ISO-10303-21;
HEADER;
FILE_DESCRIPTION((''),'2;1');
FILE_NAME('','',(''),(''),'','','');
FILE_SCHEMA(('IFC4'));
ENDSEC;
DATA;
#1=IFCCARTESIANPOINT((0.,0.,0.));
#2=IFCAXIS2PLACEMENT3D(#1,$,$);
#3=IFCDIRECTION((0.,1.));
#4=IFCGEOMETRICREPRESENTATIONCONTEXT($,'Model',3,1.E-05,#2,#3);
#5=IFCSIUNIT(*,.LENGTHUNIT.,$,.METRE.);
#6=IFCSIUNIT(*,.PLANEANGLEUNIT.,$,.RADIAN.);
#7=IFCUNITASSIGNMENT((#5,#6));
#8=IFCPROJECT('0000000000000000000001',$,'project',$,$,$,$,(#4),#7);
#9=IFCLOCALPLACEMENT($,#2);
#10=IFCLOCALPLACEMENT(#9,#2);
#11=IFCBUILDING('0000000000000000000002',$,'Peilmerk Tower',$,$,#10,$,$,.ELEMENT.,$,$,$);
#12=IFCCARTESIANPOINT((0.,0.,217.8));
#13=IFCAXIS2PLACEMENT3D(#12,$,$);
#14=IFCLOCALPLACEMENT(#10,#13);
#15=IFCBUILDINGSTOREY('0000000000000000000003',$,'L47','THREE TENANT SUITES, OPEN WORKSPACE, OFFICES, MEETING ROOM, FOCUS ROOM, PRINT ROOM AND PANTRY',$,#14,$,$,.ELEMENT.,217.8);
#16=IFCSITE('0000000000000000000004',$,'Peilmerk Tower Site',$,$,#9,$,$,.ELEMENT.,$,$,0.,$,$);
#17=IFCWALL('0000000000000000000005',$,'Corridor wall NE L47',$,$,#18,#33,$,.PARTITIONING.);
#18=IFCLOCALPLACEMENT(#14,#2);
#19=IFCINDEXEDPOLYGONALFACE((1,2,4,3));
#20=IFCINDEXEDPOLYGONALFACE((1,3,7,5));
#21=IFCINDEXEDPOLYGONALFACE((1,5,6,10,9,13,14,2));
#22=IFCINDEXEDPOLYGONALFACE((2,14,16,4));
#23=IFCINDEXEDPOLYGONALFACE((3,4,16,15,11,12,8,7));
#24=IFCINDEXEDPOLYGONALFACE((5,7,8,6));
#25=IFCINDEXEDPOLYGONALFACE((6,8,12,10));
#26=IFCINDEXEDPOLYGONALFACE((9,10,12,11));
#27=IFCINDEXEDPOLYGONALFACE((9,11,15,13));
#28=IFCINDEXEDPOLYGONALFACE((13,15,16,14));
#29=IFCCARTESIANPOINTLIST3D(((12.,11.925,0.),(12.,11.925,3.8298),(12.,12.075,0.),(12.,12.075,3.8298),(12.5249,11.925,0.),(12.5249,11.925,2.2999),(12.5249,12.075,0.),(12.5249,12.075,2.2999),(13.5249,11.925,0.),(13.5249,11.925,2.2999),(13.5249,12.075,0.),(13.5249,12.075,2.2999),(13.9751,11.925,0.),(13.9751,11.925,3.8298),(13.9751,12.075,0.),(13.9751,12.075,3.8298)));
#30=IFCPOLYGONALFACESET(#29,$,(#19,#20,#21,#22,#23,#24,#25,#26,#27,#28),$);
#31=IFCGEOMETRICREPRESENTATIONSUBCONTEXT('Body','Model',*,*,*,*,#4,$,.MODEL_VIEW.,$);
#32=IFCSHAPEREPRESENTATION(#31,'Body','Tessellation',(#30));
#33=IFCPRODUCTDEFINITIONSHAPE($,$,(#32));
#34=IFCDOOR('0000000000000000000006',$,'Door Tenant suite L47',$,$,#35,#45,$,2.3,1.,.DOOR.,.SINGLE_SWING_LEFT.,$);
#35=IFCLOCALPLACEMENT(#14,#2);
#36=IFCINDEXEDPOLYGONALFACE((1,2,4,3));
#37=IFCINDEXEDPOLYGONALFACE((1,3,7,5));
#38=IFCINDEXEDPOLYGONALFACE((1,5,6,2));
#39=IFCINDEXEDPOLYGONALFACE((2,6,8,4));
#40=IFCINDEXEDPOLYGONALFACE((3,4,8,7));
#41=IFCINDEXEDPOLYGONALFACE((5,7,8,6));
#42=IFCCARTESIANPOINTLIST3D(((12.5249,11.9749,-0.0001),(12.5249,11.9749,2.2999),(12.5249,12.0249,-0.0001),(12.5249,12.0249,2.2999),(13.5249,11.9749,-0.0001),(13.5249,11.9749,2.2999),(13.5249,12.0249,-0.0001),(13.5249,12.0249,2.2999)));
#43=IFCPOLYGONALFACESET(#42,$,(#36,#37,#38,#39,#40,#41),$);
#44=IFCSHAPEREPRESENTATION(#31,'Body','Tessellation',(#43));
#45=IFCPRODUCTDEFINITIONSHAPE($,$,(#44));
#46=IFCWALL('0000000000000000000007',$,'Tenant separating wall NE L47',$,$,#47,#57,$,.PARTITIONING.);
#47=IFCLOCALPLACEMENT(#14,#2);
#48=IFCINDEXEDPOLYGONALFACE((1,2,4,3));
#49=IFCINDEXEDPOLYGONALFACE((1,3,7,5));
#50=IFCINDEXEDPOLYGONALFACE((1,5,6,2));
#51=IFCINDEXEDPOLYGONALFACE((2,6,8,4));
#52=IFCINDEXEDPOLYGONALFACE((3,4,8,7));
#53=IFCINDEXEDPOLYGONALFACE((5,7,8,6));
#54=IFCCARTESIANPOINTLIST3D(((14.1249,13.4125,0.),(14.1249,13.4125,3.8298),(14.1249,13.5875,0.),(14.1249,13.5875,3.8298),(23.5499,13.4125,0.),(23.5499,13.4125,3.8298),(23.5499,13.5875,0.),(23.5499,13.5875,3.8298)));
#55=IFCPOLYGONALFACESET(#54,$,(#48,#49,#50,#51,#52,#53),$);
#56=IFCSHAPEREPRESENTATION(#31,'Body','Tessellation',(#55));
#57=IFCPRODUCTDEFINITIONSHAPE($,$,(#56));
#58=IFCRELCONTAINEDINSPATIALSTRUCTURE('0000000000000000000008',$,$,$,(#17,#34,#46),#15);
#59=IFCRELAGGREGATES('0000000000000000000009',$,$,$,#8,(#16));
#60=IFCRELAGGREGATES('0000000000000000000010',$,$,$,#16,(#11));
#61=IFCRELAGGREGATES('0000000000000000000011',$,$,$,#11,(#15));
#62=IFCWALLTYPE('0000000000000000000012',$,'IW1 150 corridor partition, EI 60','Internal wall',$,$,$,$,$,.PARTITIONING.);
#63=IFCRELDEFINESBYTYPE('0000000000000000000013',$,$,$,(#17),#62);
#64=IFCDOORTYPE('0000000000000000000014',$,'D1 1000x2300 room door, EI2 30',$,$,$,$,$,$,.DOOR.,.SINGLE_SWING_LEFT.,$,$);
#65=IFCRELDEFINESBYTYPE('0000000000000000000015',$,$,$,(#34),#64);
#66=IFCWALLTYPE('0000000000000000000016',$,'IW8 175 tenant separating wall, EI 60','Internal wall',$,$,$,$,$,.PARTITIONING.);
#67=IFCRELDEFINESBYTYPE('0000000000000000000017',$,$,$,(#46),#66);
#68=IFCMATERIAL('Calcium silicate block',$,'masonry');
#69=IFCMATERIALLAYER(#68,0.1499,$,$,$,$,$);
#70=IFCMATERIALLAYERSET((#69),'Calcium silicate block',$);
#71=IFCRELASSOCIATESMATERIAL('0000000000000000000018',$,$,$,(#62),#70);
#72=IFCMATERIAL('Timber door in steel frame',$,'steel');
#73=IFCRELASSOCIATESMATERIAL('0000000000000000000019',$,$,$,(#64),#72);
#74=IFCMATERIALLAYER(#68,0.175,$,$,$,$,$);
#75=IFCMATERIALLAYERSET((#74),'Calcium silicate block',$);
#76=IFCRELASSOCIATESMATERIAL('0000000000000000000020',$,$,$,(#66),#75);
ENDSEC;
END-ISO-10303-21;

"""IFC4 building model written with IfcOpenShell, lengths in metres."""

from ifc_helpers import new_model, si_unit, direction, frame, frame_2d, origin, place, context, subcontext, project, spatial, rectangle, extrude, material, layer, layer_set, type_object, element, fill, save


model = new_model("IFC4")

# Units and contexts
model_context = context("Model", 3, precision=1e-05, world=origin(), true_north=direction((0.0, 1.0)))
body_context = subcontext(model_context, "Body", "Model", "MODEL_VIEW")
ifc_project = project(units=[si_unit("LENGTHUNIT", "METRE"), si_unit("PLANEANGLEUNIT", "RADIAN")], contexts=[model_context])

# Site, building, storey
site_placement = place(None, origin())
site = spatial("IfcSite", under=ifc_project, at=site_placement, Name="Peilmerk Tower Site", CompositionType="ELEMENT", RefElevation=0.0)
building_placement = place(site_placement, origin())
building = spatial("IfcBuilding", under=site, at=building_placement, Name="Peilmerk Tower", CompositionType="ELEMENT")
storey_placement = place(building_placement, frame((0.0, 0.0, 217.8)))
storey = spatial("IfcBuildingStorey", under=building, at=storey_placement, Name="L47", Description="THREE TENANT SUITES, OPEN WORKSPACE, OFFICES, MEETING ROOM, FOCUS ROOM, PRINT ROOM AND PANTRY", CompositionType="ELEMENT", Elevation=217.8)

# Wall, opening, door
ifc_material_1 = material(Name="Calcium silicate block", Category="masonry")
ifc_layer_1 = layer(ifc_material_1, 0.1499)
ifc_layer_set_1 = layer_set([ifc_layer_1], Name="Calcium silicate block")
wall_type_1 = type_object("IfcWallType", Name="IW1 150 corridor partition, EI 60", Description="Internal wall", PredefinedType="PARTITIONING", material=ifc_layer_set_1)
wall_1_placement = place(storey_placement, frame((12.0, 12.0, 0.0), z_axis=(0.0, 0.0, 1.0), x_axis=(1.0, 0.0, 0.0)))
wall_1 = element("IfcWall", 1, at=wall_1_placement, inside=storey, type_object=wall_type_1, Name="Corridor wall NE L47", PredefinedType="PARTITIONING", context=body_context, shape_type="SweptSolid", body=[
    extrude(rectangle(XDim=1.9751, YDim=0.1499, at=frame_2d((0.9875, 0.0))), origin(), (0.0, 0.0, 1.0), 3.8298),
])
opening_placement = place(wall_1_placement, frame((0.5249, 0.0, 0.0)))
opening = element("IfcOpeningElement", 2, at=opening_placement, cuts=wall_1, PredefinedType="OPENING", context=body_context, shape_type="SweptSolid", body=[
    extrude(rectangle(XDim=1.0, YDim=2.3, at=frame_2d((0.5, 1.1499))), frame((0.0, 0.085, 0.0), z_axis=(0.0, -1.0, 0.0), x_axis=(1.0, 0.0, 0.0)), (0.0, 0.0, 1.0), 0.1699),
])
ifc_material_2 = material(Name="Timber door in steel frame", Category="steel")
door_type = type_object("IfcDoorType", Name="D1 1000x2300 room door, EI2 30", OperationType="SINGLE_SWING_LEFT", PredefinedType="DOOR", material=ifc_material_2)
door_placement = place(opening_placement, origin())
door = element("IfcDoor", 3, at=door_placement, inside=storey, type_object=door_type, Name="Door Tenant suite L47", OperationType="SINGLE_SWING_LEFT", OverallHeight=2.3, OverallWidth=1.0, PredefinedType="DOOR", context=body_context, shape_type="SweptSolid", body=[
    extrude(rectangle(XDim=1.0, YDim=2.3, at=frame_2d((0.5, 1.1499))), frame((0.0, 0.0249, 0.0), z_axis=(0.0, -1.0, 0.0), x_axis=(1.0, 0.0, 0.0)), (0.0, 0.0, 1.0), 0.05),
])
fill(opening, door)

# Wall
ifc_layer_2 = layer(ifc_material_1, 0.175)
ifc_layer_set_2 = layer_set([ifc_layer_2], Name="Calcium silicate block")
wall_type_2 = type_object("IfcWallType", Name="IW8 175 tenant separating wall, EI 60", Description="Internal wall", PredefinedType="PARTITIONING", material=ifc_layer_set_2)
wall_2_placement = place(storey_placement, frame((14.125, 13.5, 0.0), z_axis=(0.0, 0.0, 1.0), x_axis=(1.0, 0.0, 0.0)))
element("IfcWall", 4, at=wall_2_placement, inside=storey, type_object=wall_type_2, Name="Tenant separating wall NE L47", PredefinedType="PARTITIONING", context=body_context, shape_type="SweptSolid", body=[
    extrude(rectangle(XDim=9.425, YDim=0.175, at=frame_2d((4.7124, 0.0))), origin(), (0.0, 0.0, 1.0), 3.8298),
])

save(model, "model.ifc")
